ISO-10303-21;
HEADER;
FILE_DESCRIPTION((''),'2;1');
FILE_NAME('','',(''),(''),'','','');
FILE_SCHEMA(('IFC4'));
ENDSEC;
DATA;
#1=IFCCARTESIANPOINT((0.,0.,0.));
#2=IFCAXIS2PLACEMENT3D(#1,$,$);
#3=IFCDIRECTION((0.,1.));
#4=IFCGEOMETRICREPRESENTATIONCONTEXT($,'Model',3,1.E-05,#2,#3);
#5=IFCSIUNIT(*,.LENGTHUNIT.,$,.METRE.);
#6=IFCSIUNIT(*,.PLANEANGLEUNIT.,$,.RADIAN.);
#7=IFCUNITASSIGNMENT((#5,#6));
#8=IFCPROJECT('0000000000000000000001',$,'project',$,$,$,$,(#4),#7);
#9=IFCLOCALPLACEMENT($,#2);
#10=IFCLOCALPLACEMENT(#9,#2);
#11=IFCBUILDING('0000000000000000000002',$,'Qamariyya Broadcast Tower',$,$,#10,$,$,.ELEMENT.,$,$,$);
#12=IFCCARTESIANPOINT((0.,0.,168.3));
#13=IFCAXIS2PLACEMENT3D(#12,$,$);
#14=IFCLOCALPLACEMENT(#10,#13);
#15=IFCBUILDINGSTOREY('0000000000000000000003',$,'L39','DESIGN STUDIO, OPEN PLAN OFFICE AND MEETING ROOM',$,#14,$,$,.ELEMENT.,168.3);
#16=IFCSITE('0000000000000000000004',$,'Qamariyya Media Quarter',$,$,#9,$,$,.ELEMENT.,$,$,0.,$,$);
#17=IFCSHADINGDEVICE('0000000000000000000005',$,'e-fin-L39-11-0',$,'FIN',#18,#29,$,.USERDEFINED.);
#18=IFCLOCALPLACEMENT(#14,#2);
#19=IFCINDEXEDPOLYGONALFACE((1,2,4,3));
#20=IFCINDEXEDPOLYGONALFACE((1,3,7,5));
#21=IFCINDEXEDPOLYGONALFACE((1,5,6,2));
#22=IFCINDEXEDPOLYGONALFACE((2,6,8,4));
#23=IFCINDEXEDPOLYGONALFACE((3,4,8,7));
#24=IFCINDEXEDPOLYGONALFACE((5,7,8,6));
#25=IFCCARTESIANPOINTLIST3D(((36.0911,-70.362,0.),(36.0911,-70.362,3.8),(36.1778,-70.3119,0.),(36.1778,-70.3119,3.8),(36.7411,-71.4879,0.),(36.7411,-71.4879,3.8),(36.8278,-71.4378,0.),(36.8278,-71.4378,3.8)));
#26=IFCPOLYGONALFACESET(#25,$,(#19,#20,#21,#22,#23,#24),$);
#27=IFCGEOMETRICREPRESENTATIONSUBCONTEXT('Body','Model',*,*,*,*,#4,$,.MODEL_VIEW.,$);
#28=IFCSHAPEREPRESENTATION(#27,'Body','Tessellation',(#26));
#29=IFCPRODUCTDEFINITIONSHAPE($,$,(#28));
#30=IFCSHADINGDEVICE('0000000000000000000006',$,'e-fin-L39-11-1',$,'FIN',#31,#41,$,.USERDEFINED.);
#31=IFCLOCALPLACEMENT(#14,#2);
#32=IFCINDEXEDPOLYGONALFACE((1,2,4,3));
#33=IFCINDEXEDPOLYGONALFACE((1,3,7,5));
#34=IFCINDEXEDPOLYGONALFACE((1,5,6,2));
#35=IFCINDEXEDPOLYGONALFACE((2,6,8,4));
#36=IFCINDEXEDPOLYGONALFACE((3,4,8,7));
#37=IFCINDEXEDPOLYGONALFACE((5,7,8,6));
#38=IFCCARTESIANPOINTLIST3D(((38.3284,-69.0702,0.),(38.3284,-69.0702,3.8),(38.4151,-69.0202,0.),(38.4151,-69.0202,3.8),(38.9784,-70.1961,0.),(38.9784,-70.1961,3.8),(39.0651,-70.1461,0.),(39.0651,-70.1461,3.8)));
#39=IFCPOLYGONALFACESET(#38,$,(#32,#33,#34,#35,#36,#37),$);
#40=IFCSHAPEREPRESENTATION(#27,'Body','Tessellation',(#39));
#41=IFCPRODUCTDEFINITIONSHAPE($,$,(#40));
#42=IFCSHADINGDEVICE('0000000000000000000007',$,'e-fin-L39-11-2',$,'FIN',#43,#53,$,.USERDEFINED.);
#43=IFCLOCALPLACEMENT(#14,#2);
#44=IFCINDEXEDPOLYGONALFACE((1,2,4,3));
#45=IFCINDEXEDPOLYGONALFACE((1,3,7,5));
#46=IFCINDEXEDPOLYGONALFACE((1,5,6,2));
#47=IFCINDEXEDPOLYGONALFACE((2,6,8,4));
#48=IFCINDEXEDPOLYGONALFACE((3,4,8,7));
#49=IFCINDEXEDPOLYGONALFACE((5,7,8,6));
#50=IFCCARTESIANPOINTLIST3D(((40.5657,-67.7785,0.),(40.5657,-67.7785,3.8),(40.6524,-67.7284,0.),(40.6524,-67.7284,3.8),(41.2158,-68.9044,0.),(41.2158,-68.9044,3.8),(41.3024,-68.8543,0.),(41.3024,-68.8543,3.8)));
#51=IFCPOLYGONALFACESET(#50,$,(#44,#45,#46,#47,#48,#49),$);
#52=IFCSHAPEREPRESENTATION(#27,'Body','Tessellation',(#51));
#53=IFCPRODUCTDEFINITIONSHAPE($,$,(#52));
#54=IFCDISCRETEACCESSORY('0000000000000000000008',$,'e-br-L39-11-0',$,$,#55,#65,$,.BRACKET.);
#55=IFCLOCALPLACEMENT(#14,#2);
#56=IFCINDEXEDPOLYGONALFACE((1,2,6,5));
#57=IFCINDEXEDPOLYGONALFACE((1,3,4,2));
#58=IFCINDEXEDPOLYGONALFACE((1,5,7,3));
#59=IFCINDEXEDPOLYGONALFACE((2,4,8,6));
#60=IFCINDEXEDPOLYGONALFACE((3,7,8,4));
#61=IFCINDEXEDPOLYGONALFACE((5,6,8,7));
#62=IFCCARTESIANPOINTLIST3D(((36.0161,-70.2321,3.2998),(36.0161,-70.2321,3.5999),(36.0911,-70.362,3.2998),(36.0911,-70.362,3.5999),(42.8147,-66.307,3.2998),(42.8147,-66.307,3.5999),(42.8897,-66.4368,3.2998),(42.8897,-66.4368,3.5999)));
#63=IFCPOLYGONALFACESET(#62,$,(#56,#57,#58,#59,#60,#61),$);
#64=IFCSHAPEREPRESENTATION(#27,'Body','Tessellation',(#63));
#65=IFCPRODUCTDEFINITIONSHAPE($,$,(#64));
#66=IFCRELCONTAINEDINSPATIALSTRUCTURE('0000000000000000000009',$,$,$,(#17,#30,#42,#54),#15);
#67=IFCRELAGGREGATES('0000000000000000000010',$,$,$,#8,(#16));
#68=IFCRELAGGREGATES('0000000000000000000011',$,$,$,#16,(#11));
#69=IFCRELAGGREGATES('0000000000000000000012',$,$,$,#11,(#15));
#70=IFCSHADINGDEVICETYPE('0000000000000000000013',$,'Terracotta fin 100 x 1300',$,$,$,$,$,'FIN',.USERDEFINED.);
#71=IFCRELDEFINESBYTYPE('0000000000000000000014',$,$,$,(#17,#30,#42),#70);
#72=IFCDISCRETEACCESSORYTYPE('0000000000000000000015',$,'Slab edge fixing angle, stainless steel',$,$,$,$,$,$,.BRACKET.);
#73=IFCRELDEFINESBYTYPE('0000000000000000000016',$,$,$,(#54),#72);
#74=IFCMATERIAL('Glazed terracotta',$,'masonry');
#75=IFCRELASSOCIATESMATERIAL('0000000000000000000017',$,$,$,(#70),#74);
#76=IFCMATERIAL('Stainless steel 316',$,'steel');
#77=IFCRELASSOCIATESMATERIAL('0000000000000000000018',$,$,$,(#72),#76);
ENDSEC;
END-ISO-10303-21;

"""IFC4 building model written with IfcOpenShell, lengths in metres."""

from ifc_helpers import new_model, si_unit, direction, frame, origin, origin_2d, place, context, subcontext, project, spatial, rectangle, extrude, material, material_profile, profile_set, type_object, element, save


model = new_model("IFC4")

# Units and contexts
model_context = context("Model", 3, precision=1e-05, world=origin(), true_north=direction((0.0, 1.0)))
body_context = subcontext(model_context, "Body", "Model", "MODEL_VIEW")
ifc_project = project(units=[si_unit("LENGTHUNIT", "METRE"), si_unit("PLANEANGLEUNIT", "RADIAN")], contexts=[model_context])

# Site, building, storey
site_placement = place(None, origin())
site = spatial("IfcSite", under=ifc_project, at=site_placement, Name="Qamariyya Media Quarter", CompositionType="ELEMENT", RefElevation=0.0)
building_placement = place(site_placement, origin())
building = spatial("IfcBuilding", under=site, at=building_placement, Name="Qamariyya Broadcast Tower", CompositionType="ELEMENT")
storey_placement = place(building_placement, frame((0.0, 0.0, 168.3)))
storey = spatial("IfcBuildingStorey", under=building, at=storey_placement, Name="L39", Description="DESIGN STUDIO, OPEN PLAN OFFICE AND MEETING ROOM", CompositionType="ELEMENT", Elevation=168.3)

# Shading devices
ifc_material_1 = material(Name="Glazed terracotta", Category="masonry")
ifc_material_profile_1 = material_profile(ifc_material_1, rectangle(XDim=1.3, YDim=0.1001, at=origin_2d()))
ifc_profile_set_1 = profile_set([ifc_material_profile_1], Name="Glazed terracotta")
shading_device_type_1 = type_object("IfcShadingDeviceType", Name="Terracotta fin 100 x 1300", ElementType="FIN", PredefinedType="USERDEFINED", material=ifc_profile_set_1)
for number, where, z_axis, x_axis, name in (
    (1, (36.4595, -70.8999, 0.0), (0.0, 0.0, 1.0), (0.5, -0.866025, 0.0), "e-fin-L39-11-0"),
    (2, (38.6968, -69.6082, 0.0), (0.0, 0.0, 1.0), (0.5, -0.866025, 0.0), "e-fin-L39-11-1"),
    (3, (40.9341, -68.3164, 0.0), (0.0, 0.0, 1.0), (0.5, -0.866025, 0.0), "e-fin-L39-11-2"),
):
    element("IfcShadingDevice", number, at=place(storey_placement, frame(where, z_axis=z_axis, x_axis=x_axis)), inside=storey, type_object=shading_device_type_1, Name=name, ObjectType="FIN", PredefinedType="USERDEFINED", context=body_context, shape_type="SweptSolid", body=[
        extrude(rectangle(XDim=1.3, YDim=0.1001, at=origin_2d()), origin(), (0.0, 0.0, 1.0), 3.8),
    ])

# Discrete accessory
ifc_material_2 = material(Name="Stainless steel 316", Category="steel")
discrete_accessory_type = type_object("IfcDiscreteAccessoryType", Name="Slab edge fixing angle, stainless steel", PredefinedType="BRACKET", material=ifc_material_2)
discrete_accessory_placement = place(storey_placement, frame((39.4529, -68.3345, 3.2998), z_axis=(0.0, 0.0, 1.0), x_axis=(0.866025, 0.5, 0.0)))
element("IfcDiscreteAccessory", 4, at=discrete_accessory_placement, inside=storey, type_object=discrete_accessory_type, Name="e-br-L39-11-0", PredefinedType="BRACKET", context=body_context, shape_type="SweptSolid", body=[
    extrude(rectangle(XDim=7.8503, YDim=0.1499, at=origin_2d()), origin(), (0.0, 0.0, 1.0), 0.3),
])

save(model, "model.ifc")
